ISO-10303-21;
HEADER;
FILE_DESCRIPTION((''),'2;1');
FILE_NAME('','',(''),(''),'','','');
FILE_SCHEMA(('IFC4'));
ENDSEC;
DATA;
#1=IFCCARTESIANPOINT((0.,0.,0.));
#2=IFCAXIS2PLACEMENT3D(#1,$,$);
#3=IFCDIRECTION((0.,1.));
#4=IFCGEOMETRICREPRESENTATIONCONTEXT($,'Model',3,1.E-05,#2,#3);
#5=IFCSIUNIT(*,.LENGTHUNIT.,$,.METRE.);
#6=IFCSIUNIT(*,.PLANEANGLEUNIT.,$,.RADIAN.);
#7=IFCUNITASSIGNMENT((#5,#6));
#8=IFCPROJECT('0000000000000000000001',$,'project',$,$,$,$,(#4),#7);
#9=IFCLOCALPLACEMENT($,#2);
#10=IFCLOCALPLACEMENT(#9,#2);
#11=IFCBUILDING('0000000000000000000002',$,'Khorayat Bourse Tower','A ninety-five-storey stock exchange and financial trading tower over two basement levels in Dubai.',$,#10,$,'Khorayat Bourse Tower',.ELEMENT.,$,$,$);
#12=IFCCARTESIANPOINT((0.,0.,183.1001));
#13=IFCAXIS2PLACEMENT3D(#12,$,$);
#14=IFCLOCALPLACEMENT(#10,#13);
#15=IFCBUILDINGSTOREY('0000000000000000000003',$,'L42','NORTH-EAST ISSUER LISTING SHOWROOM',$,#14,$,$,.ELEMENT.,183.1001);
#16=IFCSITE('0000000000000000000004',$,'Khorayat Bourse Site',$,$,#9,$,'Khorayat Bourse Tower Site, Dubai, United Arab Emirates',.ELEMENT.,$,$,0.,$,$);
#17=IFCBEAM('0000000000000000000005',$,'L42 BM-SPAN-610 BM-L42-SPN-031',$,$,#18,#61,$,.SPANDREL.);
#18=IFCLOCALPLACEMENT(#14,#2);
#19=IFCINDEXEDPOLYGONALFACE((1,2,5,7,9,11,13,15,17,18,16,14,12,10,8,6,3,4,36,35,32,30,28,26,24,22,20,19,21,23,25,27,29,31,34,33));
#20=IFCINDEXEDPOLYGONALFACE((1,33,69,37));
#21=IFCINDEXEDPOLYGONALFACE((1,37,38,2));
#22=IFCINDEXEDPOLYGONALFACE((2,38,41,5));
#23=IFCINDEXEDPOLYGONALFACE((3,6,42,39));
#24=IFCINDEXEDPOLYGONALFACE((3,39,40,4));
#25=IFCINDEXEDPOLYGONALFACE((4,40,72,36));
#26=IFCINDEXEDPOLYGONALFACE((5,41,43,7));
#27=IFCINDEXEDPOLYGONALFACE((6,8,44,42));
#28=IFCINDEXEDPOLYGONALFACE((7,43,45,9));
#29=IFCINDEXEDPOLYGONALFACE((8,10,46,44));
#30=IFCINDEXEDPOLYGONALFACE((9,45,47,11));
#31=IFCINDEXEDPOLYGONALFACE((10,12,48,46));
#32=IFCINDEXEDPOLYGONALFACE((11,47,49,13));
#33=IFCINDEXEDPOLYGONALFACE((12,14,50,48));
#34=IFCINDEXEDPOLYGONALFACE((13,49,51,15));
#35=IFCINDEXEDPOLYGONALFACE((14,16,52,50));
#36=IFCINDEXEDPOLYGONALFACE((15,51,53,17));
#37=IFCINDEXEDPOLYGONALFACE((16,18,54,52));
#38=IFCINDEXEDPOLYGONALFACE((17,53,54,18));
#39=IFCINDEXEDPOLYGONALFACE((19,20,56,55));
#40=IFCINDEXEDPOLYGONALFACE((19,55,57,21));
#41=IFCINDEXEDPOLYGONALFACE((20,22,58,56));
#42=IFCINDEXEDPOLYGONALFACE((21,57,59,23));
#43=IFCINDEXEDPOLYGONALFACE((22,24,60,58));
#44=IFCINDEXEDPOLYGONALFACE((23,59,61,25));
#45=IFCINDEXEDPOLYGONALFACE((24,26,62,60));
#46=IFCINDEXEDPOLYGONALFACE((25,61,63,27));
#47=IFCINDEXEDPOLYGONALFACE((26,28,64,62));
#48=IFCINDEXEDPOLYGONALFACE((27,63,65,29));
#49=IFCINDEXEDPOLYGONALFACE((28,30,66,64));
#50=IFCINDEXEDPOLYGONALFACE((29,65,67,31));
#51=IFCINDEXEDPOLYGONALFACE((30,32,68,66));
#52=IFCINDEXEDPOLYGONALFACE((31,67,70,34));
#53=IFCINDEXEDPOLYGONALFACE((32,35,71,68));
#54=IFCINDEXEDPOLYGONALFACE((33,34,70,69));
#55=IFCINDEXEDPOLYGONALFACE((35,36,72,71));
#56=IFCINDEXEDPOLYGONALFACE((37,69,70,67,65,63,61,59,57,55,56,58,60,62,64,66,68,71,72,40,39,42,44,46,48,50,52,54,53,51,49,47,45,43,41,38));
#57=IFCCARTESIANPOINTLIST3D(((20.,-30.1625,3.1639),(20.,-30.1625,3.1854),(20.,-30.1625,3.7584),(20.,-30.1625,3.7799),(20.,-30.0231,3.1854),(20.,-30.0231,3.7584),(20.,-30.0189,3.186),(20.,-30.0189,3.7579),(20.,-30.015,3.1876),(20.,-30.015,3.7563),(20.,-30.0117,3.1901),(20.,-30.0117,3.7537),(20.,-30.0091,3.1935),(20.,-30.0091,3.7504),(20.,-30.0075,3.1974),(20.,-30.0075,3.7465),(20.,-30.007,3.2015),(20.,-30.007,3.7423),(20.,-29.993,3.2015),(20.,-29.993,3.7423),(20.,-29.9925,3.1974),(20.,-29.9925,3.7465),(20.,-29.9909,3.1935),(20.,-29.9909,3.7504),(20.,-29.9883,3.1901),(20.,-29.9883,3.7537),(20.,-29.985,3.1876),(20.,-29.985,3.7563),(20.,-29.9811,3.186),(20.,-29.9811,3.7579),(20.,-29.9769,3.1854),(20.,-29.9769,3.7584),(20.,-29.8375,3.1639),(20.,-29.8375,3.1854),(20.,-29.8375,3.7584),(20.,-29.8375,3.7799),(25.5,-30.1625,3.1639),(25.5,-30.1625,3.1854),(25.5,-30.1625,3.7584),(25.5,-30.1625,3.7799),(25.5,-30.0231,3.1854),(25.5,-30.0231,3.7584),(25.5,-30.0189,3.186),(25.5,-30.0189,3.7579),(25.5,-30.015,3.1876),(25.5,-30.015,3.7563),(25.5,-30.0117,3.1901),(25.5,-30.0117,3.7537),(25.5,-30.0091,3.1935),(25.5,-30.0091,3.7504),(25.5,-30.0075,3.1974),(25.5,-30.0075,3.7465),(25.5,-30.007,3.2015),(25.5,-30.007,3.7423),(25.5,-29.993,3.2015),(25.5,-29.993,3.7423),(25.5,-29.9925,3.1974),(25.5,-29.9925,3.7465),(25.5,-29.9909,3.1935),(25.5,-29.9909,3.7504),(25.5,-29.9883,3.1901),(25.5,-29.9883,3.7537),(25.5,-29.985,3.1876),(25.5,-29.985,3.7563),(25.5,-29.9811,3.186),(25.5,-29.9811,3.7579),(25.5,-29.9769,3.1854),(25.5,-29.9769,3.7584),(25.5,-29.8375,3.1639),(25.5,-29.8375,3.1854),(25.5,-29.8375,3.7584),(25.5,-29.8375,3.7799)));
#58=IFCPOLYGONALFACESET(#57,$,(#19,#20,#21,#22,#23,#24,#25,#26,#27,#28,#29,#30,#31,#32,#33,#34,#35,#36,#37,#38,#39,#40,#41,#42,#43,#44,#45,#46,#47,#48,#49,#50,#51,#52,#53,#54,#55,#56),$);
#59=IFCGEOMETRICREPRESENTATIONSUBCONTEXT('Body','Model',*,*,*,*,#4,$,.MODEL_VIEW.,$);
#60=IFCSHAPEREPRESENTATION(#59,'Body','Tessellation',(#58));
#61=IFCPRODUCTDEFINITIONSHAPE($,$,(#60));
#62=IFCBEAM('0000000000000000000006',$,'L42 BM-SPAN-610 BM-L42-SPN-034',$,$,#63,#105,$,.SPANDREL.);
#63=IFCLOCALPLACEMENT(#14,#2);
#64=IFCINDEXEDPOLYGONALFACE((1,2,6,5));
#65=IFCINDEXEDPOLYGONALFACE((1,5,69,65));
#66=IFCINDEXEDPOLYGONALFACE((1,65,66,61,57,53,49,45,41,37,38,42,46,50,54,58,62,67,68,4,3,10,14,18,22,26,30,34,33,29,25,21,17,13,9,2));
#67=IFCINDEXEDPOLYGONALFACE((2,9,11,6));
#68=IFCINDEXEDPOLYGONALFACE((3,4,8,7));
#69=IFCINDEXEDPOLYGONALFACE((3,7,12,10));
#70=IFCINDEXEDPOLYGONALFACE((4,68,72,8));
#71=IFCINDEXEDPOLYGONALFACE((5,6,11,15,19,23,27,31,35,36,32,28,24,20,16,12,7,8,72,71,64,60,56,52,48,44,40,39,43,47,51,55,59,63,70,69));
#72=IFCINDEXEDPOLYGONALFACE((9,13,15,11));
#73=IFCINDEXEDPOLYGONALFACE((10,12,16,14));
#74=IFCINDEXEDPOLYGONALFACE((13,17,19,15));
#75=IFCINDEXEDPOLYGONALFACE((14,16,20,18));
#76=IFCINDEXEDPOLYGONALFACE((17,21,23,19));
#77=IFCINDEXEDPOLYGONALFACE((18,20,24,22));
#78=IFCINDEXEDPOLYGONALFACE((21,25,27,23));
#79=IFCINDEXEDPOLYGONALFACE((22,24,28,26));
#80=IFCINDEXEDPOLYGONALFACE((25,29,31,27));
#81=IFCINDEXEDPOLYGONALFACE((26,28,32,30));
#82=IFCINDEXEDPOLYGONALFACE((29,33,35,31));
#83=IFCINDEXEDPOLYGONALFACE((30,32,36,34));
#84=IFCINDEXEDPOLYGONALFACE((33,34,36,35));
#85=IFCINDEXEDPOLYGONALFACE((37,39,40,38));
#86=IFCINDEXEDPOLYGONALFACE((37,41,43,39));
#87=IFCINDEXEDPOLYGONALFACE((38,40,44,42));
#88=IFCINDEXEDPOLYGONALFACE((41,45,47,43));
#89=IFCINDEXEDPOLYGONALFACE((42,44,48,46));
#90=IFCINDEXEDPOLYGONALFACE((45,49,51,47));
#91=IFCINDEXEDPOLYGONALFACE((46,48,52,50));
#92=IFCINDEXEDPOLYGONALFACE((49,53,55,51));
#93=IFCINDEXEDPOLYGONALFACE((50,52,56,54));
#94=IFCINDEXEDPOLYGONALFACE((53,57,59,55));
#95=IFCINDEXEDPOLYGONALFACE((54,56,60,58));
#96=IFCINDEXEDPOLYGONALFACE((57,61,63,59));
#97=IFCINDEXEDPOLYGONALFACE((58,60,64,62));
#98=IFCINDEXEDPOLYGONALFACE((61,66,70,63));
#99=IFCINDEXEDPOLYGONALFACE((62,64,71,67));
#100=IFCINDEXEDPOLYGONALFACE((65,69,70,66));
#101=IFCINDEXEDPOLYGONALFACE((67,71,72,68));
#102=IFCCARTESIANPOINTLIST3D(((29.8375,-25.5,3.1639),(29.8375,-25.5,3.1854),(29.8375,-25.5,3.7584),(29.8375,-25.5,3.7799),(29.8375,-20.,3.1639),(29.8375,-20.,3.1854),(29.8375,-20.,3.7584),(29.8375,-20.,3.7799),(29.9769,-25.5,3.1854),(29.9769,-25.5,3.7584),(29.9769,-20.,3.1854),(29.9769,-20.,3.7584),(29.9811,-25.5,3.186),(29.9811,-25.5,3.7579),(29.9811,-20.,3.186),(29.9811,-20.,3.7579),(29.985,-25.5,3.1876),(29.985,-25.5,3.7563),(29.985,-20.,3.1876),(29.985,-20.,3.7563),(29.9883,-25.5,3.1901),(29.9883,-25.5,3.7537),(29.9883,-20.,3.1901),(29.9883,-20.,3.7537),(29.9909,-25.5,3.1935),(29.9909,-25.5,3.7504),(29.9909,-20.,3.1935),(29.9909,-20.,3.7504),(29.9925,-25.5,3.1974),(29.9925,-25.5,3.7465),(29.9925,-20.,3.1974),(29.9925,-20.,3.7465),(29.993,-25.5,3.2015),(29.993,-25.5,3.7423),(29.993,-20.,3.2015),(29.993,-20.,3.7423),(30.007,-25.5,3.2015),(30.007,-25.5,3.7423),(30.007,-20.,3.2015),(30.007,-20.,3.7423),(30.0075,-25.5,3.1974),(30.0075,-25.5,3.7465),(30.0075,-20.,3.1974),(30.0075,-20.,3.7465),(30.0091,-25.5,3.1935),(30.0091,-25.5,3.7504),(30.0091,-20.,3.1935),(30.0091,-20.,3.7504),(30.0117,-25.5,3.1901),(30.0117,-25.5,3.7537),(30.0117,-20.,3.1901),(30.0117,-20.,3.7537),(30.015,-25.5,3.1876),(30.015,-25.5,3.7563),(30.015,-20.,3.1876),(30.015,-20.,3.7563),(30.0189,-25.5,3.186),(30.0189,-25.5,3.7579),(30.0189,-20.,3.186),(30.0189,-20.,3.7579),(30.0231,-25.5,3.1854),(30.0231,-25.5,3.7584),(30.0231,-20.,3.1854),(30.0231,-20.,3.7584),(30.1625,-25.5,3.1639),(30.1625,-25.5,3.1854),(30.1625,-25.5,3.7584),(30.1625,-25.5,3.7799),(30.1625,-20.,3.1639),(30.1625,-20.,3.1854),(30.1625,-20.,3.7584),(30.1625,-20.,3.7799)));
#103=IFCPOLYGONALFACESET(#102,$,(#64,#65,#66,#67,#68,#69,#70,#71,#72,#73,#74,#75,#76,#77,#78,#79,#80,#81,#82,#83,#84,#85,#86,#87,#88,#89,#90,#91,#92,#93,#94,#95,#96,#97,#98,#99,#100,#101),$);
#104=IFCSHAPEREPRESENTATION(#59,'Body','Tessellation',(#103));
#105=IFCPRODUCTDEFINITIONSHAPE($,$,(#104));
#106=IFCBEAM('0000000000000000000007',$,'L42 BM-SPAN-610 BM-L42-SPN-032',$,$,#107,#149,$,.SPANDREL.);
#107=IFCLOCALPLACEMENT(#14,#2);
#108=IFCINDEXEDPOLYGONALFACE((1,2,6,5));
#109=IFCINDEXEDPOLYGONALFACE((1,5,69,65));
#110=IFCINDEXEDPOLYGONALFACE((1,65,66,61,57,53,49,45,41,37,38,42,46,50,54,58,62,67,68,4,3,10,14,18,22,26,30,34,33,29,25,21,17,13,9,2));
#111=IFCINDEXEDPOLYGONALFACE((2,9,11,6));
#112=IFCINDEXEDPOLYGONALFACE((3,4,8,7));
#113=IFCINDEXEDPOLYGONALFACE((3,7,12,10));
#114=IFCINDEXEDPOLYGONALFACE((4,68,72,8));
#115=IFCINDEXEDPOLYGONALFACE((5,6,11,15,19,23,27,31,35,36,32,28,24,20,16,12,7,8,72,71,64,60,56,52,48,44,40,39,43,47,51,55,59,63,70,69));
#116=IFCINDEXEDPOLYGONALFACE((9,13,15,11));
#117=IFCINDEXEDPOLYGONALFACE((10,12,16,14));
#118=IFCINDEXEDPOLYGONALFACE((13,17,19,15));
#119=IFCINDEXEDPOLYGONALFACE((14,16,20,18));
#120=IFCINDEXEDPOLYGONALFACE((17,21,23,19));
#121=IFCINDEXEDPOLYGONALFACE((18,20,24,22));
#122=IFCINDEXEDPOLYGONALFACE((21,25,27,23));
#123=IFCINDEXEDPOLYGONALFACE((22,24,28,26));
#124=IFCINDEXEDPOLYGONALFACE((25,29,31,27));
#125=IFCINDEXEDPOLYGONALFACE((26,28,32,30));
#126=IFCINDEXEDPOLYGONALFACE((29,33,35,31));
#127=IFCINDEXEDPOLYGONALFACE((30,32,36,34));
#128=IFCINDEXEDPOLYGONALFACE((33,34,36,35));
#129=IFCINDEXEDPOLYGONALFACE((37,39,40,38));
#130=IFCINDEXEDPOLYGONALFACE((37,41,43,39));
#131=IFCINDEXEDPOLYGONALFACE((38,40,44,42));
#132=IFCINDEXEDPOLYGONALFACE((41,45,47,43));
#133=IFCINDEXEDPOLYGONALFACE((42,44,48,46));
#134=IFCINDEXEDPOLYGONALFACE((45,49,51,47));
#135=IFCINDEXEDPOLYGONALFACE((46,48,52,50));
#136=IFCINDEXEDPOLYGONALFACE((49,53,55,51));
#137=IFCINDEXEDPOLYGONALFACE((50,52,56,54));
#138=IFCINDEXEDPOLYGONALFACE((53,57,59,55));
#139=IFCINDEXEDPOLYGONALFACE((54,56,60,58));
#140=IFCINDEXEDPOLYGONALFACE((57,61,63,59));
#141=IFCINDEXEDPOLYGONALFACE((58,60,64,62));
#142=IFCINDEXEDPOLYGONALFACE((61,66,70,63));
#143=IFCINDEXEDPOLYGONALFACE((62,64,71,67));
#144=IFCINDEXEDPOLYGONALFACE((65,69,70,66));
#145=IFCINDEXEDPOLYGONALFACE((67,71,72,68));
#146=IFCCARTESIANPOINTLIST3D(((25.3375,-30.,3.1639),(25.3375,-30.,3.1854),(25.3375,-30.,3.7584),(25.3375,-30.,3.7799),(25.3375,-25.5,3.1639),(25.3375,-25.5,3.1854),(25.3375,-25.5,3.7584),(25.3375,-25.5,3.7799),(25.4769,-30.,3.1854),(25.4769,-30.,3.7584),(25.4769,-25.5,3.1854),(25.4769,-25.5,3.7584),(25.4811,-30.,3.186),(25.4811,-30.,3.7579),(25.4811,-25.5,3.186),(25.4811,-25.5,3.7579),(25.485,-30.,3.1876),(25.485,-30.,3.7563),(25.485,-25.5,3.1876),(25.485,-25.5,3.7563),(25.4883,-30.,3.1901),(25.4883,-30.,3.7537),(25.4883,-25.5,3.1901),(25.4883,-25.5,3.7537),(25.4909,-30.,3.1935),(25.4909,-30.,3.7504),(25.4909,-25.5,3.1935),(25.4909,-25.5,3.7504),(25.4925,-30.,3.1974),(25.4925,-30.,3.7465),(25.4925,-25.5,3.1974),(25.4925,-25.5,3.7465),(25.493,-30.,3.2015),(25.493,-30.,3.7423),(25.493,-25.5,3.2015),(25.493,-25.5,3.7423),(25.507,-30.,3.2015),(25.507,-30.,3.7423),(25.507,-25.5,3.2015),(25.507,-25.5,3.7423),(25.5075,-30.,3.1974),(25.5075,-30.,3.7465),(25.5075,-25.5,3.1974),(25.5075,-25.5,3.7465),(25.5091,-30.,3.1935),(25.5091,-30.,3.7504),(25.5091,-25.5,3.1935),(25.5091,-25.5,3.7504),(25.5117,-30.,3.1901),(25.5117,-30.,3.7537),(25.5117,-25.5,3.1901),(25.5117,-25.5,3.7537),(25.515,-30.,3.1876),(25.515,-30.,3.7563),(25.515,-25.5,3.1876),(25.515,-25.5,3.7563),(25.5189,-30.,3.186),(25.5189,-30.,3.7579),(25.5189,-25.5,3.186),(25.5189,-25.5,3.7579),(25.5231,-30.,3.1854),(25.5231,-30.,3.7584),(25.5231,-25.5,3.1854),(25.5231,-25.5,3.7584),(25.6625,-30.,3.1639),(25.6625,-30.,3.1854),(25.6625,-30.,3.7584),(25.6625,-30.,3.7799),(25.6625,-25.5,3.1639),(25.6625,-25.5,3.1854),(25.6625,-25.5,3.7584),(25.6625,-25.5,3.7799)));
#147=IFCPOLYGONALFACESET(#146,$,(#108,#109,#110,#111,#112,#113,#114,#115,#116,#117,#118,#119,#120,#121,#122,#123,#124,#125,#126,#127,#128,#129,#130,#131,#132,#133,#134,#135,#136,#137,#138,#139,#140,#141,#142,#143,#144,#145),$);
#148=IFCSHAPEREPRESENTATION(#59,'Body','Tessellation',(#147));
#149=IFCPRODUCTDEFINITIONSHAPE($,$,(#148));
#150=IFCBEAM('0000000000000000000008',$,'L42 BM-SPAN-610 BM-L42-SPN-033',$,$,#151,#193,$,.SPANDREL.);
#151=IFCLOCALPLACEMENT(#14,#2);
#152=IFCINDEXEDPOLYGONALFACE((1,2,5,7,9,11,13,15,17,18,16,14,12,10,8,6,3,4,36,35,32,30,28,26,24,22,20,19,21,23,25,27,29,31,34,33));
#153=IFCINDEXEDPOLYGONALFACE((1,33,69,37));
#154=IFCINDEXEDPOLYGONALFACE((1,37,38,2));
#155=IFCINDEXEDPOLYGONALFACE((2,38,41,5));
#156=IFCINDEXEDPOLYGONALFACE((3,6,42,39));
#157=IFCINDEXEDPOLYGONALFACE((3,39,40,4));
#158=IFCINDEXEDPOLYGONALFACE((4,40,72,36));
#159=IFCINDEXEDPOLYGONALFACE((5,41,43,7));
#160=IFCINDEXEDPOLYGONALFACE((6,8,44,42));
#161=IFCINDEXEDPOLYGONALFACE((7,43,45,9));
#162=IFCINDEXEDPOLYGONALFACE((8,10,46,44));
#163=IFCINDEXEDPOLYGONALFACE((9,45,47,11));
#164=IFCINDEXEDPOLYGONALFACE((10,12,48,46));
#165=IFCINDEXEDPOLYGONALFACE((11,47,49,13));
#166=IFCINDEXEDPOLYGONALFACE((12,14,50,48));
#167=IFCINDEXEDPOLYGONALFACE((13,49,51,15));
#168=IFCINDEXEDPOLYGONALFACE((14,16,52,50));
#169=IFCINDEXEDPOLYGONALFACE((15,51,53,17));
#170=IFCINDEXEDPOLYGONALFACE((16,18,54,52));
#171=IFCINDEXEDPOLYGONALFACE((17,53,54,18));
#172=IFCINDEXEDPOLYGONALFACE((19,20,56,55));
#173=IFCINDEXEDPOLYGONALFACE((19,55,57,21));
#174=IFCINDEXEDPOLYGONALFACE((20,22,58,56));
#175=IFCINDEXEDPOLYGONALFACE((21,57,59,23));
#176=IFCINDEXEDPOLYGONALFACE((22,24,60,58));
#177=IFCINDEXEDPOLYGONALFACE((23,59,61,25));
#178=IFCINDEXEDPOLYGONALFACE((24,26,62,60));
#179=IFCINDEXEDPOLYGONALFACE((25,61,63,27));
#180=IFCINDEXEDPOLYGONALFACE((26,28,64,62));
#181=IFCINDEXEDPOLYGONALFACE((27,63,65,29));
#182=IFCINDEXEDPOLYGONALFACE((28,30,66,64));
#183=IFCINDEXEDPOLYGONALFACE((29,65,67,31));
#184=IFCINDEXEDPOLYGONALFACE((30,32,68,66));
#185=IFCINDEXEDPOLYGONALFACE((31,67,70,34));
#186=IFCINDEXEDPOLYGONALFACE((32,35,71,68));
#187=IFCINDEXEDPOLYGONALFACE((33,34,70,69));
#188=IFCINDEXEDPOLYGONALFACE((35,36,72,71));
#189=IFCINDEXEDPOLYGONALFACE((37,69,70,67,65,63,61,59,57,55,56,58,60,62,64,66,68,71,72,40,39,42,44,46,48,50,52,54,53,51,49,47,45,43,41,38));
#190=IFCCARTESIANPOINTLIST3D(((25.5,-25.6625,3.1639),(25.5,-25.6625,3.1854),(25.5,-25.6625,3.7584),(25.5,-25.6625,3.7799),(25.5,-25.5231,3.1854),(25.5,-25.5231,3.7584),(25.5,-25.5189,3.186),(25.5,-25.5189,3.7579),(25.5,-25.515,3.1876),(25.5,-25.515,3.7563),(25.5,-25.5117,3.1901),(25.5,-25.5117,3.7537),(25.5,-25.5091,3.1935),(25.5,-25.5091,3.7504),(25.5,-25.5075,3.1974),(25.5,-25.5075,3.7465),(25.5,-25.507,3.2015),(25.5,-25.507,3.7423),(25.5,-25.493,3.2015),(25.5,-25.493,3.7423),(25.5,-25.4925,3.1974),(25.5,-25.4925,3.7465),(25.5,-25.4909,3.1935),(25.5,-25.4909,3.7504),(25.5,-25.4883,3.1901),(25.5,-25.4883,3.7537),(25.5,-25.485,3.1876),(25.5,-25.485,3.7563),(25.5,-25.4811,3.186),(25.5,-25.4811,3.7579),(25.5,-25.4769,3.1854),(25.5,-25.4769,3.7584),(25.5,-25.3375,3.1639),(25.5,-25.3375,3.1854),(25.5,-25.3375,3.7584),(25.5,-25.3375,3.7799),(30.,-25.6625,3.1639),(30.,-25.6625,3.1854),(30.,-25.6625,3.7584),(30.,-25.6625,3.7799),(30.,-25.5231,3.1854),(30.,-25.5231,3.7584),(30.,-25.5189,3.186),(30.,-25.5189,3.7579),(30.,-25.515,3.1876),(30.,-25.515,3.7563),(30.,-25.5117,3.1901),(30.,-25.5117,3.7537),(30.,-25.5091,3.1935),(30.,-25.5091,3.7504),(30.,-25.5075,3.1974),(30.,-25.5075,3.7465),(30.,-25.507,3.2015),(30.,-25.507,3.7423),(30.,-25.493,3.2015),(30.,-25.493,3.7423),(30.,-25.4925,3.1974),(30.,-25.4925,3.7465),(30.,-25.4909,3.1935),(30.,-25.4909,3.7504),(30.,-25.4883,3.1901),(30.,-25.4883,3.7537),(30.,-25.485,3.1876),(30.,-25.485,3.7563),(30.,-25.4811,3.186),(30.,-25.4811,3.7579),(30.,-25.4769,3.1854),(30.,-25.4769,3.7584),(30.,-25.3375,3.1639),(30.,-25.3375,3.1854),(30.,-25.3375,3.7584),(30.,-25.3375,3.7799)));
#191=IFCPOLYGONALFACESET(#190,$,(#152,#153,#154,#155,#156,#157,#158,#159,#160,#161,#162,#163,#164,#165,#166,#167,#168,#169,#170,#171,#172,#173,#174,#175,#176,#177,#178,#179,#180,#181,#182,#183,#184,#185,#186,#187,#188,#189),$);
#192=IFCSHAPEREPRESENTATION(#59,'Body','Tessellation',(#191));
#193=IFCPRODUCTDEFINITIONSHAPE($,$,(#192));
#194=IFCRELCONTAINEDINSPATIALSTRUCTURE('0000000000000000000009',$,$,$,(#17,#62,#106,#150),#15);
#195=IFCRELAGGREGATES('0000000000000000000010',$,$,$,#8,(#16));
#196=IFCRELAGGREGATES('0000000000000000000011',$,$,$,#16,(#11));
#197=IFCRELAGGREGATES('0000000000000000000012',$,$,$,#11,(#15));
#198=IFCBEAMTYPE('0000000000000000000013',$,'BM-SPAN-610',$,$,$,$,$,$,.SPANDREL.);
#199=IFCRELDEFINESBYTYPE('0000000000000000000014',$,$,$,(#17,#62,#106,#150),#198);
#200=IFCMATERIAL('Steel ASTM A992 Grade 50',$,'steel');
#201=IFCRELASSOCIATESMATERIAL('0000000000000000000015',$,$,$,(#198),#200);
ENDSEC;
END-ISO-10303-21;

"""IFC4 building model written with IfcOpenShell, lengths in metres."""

from ifc_helpers import new_model, si_unit, direction, frame, origin, origin_2d, place, context, subcontext, project, spatial, i_section, extrude, source, transform, mapped, material, material_profile, profile_set, type_object, element, save


model = new_model("IFC4")

# Units and contexts
model_context = context("Model", 3, precision=1e-05, world=origin(), true_north=direction((0.0, 1.0)))
body_context = subcontext(model_context, "Body", "Model", "MODEL_VIEW")
ifc_project = project(units=[si_unit("LENGTHUNIT", "METRE"), si_unit("PLANEANGLEUNIT", "RADIAN")], contexts=[model_context])

# Site, building, storey
site_placement = place(None, origin())
site = spatial("IfcSite", under=ifc_project, at=site_placement, Name="Khorayat Bourse Site", LongName="Khorayat Bourse Tower Site, Dubai, United Arab Emirates", CompositionType="ELEMENT", RefElevation=0.0)
building_placement = place(site_placement, origin())
building = spatial("IfcBuilding", under=site, at=building_placement, Name="Khorayat Bourse Tower", Description="A ninety-five-storey stock exchange and financial trading tower over two basement levels in Dubai.", LongName="Khorayat Bourse Tower", CompositionType="ELEMENT")
storey_placement = place(building_placement, frame((0.0, 0.0, 183.1001)))
storey = spatial("IfcBuildingStorey", under=building, at=storey_placement, Name="L42", Description="NORTH-EAST ISSUER LISTING SHOWROOM", CompositionType="ELEMENT", Elevation=183.1001)

# Beams
ifc_material_1 = material(Name="Steel ASTM A992 Grade 50", Category="steel")
ifc_material_profile_1 = material_profile(ifc_material_1, i_section(OverallWidth=0.325, OverallDepth=0.616, WebThickness=0.0139, FlangeThickness=0.0215, FilletRadius=0.0161, at=origin_2d()), Name="W610X174")
ifc_profile_set_1 = profile_set([ifc_material_profile_1], Name="Steel ASTM A992 Grade 50")
beam_type_1 = type_object("IfcBeamType", Name="BM-SPAN-610", PredefinedType="SPANDREL", material=ifc_profile_set_1)
shared_shape_1 = source(origin(), body_context, "Body", "SweptSolid", [
    extrude(i_section(OverallWidth=0.325, OverallDepth=0.616, WebThickness=0.0139, FlangeThickness=0.0215, FilletRadius=0.0161, at=origin_2d()), origin(), (0.0, 0.0, 1.0), 5.5),
])
for number, where, z_axis, x_axis, name in (
    (1, (20.0, -30.0, 3.4719), (1.0, 0.0, 0.0), (0.0, 1.0, 0.0), "L42 BM-SPAN-610 BM-L42-SPN-031"),
    (2, (30.0, -25.5, 3.4719), (0.0, 1.0, 0.0), (-1.0, 0.0, 0.0), "L42 BM-SPAN-610 BM-L42-SPN-034"),
):
    element("IfcBeam", number, at=place(storey_placement, frame(where, z_axis=z_axis, x_axis=x_axis)), inside=storey, type_object=beam_type_1, Name=name, PredefinedType="SPANDREL", context=body_context, shape_type="MappedRepresentation", body=[
        mapped(shared_shape_1, transform((0.0, 0.0, 0.0), scale=1.0)),
    ])
shared_shape_2 = source(origin(), body_context, "Body", "SweptSolid", [
    extrude(i_section(OverallWidth=0.325, OverallDepth=0.616, WebThickness=0.0139, FlangeThickness=0.0215, FilletRadius=0.0161, at=origin_2d()), origin(), (0.0, 0.0, 1.0), 4.5),
])
for number, where, z_axis, x_axis, name in (
    (3, (25.5, -30.0, 3.4719), (0.0, 1.0, 0.0), (-1.0, 0.0, 0.0), "L42 BM-SPAN-610 BM-L42-SPN-032"),
    (4, (25.5, -25.5, 3.4719), (1.0, 0.0, 0.0), (0.0, 1.0, 0.0), "L42 BM-SPAN-610 BM-L42-SPN-033"),
):
    element("IfcBeam", number, at=place(storey_placement, frame(where, z_axis=z_axis, x_axis=x_axis)), inside=storey, type_object=beam_type_1, Name=name, PredefinedType="SPANDREL", context=body_context, shape_type="MappedRepresentation", body=[
        mapped(shared_shape_2, transform((0.0, 0.0, 0.0), scale=1.0)),
    ])

save(model, "model.ifc")
